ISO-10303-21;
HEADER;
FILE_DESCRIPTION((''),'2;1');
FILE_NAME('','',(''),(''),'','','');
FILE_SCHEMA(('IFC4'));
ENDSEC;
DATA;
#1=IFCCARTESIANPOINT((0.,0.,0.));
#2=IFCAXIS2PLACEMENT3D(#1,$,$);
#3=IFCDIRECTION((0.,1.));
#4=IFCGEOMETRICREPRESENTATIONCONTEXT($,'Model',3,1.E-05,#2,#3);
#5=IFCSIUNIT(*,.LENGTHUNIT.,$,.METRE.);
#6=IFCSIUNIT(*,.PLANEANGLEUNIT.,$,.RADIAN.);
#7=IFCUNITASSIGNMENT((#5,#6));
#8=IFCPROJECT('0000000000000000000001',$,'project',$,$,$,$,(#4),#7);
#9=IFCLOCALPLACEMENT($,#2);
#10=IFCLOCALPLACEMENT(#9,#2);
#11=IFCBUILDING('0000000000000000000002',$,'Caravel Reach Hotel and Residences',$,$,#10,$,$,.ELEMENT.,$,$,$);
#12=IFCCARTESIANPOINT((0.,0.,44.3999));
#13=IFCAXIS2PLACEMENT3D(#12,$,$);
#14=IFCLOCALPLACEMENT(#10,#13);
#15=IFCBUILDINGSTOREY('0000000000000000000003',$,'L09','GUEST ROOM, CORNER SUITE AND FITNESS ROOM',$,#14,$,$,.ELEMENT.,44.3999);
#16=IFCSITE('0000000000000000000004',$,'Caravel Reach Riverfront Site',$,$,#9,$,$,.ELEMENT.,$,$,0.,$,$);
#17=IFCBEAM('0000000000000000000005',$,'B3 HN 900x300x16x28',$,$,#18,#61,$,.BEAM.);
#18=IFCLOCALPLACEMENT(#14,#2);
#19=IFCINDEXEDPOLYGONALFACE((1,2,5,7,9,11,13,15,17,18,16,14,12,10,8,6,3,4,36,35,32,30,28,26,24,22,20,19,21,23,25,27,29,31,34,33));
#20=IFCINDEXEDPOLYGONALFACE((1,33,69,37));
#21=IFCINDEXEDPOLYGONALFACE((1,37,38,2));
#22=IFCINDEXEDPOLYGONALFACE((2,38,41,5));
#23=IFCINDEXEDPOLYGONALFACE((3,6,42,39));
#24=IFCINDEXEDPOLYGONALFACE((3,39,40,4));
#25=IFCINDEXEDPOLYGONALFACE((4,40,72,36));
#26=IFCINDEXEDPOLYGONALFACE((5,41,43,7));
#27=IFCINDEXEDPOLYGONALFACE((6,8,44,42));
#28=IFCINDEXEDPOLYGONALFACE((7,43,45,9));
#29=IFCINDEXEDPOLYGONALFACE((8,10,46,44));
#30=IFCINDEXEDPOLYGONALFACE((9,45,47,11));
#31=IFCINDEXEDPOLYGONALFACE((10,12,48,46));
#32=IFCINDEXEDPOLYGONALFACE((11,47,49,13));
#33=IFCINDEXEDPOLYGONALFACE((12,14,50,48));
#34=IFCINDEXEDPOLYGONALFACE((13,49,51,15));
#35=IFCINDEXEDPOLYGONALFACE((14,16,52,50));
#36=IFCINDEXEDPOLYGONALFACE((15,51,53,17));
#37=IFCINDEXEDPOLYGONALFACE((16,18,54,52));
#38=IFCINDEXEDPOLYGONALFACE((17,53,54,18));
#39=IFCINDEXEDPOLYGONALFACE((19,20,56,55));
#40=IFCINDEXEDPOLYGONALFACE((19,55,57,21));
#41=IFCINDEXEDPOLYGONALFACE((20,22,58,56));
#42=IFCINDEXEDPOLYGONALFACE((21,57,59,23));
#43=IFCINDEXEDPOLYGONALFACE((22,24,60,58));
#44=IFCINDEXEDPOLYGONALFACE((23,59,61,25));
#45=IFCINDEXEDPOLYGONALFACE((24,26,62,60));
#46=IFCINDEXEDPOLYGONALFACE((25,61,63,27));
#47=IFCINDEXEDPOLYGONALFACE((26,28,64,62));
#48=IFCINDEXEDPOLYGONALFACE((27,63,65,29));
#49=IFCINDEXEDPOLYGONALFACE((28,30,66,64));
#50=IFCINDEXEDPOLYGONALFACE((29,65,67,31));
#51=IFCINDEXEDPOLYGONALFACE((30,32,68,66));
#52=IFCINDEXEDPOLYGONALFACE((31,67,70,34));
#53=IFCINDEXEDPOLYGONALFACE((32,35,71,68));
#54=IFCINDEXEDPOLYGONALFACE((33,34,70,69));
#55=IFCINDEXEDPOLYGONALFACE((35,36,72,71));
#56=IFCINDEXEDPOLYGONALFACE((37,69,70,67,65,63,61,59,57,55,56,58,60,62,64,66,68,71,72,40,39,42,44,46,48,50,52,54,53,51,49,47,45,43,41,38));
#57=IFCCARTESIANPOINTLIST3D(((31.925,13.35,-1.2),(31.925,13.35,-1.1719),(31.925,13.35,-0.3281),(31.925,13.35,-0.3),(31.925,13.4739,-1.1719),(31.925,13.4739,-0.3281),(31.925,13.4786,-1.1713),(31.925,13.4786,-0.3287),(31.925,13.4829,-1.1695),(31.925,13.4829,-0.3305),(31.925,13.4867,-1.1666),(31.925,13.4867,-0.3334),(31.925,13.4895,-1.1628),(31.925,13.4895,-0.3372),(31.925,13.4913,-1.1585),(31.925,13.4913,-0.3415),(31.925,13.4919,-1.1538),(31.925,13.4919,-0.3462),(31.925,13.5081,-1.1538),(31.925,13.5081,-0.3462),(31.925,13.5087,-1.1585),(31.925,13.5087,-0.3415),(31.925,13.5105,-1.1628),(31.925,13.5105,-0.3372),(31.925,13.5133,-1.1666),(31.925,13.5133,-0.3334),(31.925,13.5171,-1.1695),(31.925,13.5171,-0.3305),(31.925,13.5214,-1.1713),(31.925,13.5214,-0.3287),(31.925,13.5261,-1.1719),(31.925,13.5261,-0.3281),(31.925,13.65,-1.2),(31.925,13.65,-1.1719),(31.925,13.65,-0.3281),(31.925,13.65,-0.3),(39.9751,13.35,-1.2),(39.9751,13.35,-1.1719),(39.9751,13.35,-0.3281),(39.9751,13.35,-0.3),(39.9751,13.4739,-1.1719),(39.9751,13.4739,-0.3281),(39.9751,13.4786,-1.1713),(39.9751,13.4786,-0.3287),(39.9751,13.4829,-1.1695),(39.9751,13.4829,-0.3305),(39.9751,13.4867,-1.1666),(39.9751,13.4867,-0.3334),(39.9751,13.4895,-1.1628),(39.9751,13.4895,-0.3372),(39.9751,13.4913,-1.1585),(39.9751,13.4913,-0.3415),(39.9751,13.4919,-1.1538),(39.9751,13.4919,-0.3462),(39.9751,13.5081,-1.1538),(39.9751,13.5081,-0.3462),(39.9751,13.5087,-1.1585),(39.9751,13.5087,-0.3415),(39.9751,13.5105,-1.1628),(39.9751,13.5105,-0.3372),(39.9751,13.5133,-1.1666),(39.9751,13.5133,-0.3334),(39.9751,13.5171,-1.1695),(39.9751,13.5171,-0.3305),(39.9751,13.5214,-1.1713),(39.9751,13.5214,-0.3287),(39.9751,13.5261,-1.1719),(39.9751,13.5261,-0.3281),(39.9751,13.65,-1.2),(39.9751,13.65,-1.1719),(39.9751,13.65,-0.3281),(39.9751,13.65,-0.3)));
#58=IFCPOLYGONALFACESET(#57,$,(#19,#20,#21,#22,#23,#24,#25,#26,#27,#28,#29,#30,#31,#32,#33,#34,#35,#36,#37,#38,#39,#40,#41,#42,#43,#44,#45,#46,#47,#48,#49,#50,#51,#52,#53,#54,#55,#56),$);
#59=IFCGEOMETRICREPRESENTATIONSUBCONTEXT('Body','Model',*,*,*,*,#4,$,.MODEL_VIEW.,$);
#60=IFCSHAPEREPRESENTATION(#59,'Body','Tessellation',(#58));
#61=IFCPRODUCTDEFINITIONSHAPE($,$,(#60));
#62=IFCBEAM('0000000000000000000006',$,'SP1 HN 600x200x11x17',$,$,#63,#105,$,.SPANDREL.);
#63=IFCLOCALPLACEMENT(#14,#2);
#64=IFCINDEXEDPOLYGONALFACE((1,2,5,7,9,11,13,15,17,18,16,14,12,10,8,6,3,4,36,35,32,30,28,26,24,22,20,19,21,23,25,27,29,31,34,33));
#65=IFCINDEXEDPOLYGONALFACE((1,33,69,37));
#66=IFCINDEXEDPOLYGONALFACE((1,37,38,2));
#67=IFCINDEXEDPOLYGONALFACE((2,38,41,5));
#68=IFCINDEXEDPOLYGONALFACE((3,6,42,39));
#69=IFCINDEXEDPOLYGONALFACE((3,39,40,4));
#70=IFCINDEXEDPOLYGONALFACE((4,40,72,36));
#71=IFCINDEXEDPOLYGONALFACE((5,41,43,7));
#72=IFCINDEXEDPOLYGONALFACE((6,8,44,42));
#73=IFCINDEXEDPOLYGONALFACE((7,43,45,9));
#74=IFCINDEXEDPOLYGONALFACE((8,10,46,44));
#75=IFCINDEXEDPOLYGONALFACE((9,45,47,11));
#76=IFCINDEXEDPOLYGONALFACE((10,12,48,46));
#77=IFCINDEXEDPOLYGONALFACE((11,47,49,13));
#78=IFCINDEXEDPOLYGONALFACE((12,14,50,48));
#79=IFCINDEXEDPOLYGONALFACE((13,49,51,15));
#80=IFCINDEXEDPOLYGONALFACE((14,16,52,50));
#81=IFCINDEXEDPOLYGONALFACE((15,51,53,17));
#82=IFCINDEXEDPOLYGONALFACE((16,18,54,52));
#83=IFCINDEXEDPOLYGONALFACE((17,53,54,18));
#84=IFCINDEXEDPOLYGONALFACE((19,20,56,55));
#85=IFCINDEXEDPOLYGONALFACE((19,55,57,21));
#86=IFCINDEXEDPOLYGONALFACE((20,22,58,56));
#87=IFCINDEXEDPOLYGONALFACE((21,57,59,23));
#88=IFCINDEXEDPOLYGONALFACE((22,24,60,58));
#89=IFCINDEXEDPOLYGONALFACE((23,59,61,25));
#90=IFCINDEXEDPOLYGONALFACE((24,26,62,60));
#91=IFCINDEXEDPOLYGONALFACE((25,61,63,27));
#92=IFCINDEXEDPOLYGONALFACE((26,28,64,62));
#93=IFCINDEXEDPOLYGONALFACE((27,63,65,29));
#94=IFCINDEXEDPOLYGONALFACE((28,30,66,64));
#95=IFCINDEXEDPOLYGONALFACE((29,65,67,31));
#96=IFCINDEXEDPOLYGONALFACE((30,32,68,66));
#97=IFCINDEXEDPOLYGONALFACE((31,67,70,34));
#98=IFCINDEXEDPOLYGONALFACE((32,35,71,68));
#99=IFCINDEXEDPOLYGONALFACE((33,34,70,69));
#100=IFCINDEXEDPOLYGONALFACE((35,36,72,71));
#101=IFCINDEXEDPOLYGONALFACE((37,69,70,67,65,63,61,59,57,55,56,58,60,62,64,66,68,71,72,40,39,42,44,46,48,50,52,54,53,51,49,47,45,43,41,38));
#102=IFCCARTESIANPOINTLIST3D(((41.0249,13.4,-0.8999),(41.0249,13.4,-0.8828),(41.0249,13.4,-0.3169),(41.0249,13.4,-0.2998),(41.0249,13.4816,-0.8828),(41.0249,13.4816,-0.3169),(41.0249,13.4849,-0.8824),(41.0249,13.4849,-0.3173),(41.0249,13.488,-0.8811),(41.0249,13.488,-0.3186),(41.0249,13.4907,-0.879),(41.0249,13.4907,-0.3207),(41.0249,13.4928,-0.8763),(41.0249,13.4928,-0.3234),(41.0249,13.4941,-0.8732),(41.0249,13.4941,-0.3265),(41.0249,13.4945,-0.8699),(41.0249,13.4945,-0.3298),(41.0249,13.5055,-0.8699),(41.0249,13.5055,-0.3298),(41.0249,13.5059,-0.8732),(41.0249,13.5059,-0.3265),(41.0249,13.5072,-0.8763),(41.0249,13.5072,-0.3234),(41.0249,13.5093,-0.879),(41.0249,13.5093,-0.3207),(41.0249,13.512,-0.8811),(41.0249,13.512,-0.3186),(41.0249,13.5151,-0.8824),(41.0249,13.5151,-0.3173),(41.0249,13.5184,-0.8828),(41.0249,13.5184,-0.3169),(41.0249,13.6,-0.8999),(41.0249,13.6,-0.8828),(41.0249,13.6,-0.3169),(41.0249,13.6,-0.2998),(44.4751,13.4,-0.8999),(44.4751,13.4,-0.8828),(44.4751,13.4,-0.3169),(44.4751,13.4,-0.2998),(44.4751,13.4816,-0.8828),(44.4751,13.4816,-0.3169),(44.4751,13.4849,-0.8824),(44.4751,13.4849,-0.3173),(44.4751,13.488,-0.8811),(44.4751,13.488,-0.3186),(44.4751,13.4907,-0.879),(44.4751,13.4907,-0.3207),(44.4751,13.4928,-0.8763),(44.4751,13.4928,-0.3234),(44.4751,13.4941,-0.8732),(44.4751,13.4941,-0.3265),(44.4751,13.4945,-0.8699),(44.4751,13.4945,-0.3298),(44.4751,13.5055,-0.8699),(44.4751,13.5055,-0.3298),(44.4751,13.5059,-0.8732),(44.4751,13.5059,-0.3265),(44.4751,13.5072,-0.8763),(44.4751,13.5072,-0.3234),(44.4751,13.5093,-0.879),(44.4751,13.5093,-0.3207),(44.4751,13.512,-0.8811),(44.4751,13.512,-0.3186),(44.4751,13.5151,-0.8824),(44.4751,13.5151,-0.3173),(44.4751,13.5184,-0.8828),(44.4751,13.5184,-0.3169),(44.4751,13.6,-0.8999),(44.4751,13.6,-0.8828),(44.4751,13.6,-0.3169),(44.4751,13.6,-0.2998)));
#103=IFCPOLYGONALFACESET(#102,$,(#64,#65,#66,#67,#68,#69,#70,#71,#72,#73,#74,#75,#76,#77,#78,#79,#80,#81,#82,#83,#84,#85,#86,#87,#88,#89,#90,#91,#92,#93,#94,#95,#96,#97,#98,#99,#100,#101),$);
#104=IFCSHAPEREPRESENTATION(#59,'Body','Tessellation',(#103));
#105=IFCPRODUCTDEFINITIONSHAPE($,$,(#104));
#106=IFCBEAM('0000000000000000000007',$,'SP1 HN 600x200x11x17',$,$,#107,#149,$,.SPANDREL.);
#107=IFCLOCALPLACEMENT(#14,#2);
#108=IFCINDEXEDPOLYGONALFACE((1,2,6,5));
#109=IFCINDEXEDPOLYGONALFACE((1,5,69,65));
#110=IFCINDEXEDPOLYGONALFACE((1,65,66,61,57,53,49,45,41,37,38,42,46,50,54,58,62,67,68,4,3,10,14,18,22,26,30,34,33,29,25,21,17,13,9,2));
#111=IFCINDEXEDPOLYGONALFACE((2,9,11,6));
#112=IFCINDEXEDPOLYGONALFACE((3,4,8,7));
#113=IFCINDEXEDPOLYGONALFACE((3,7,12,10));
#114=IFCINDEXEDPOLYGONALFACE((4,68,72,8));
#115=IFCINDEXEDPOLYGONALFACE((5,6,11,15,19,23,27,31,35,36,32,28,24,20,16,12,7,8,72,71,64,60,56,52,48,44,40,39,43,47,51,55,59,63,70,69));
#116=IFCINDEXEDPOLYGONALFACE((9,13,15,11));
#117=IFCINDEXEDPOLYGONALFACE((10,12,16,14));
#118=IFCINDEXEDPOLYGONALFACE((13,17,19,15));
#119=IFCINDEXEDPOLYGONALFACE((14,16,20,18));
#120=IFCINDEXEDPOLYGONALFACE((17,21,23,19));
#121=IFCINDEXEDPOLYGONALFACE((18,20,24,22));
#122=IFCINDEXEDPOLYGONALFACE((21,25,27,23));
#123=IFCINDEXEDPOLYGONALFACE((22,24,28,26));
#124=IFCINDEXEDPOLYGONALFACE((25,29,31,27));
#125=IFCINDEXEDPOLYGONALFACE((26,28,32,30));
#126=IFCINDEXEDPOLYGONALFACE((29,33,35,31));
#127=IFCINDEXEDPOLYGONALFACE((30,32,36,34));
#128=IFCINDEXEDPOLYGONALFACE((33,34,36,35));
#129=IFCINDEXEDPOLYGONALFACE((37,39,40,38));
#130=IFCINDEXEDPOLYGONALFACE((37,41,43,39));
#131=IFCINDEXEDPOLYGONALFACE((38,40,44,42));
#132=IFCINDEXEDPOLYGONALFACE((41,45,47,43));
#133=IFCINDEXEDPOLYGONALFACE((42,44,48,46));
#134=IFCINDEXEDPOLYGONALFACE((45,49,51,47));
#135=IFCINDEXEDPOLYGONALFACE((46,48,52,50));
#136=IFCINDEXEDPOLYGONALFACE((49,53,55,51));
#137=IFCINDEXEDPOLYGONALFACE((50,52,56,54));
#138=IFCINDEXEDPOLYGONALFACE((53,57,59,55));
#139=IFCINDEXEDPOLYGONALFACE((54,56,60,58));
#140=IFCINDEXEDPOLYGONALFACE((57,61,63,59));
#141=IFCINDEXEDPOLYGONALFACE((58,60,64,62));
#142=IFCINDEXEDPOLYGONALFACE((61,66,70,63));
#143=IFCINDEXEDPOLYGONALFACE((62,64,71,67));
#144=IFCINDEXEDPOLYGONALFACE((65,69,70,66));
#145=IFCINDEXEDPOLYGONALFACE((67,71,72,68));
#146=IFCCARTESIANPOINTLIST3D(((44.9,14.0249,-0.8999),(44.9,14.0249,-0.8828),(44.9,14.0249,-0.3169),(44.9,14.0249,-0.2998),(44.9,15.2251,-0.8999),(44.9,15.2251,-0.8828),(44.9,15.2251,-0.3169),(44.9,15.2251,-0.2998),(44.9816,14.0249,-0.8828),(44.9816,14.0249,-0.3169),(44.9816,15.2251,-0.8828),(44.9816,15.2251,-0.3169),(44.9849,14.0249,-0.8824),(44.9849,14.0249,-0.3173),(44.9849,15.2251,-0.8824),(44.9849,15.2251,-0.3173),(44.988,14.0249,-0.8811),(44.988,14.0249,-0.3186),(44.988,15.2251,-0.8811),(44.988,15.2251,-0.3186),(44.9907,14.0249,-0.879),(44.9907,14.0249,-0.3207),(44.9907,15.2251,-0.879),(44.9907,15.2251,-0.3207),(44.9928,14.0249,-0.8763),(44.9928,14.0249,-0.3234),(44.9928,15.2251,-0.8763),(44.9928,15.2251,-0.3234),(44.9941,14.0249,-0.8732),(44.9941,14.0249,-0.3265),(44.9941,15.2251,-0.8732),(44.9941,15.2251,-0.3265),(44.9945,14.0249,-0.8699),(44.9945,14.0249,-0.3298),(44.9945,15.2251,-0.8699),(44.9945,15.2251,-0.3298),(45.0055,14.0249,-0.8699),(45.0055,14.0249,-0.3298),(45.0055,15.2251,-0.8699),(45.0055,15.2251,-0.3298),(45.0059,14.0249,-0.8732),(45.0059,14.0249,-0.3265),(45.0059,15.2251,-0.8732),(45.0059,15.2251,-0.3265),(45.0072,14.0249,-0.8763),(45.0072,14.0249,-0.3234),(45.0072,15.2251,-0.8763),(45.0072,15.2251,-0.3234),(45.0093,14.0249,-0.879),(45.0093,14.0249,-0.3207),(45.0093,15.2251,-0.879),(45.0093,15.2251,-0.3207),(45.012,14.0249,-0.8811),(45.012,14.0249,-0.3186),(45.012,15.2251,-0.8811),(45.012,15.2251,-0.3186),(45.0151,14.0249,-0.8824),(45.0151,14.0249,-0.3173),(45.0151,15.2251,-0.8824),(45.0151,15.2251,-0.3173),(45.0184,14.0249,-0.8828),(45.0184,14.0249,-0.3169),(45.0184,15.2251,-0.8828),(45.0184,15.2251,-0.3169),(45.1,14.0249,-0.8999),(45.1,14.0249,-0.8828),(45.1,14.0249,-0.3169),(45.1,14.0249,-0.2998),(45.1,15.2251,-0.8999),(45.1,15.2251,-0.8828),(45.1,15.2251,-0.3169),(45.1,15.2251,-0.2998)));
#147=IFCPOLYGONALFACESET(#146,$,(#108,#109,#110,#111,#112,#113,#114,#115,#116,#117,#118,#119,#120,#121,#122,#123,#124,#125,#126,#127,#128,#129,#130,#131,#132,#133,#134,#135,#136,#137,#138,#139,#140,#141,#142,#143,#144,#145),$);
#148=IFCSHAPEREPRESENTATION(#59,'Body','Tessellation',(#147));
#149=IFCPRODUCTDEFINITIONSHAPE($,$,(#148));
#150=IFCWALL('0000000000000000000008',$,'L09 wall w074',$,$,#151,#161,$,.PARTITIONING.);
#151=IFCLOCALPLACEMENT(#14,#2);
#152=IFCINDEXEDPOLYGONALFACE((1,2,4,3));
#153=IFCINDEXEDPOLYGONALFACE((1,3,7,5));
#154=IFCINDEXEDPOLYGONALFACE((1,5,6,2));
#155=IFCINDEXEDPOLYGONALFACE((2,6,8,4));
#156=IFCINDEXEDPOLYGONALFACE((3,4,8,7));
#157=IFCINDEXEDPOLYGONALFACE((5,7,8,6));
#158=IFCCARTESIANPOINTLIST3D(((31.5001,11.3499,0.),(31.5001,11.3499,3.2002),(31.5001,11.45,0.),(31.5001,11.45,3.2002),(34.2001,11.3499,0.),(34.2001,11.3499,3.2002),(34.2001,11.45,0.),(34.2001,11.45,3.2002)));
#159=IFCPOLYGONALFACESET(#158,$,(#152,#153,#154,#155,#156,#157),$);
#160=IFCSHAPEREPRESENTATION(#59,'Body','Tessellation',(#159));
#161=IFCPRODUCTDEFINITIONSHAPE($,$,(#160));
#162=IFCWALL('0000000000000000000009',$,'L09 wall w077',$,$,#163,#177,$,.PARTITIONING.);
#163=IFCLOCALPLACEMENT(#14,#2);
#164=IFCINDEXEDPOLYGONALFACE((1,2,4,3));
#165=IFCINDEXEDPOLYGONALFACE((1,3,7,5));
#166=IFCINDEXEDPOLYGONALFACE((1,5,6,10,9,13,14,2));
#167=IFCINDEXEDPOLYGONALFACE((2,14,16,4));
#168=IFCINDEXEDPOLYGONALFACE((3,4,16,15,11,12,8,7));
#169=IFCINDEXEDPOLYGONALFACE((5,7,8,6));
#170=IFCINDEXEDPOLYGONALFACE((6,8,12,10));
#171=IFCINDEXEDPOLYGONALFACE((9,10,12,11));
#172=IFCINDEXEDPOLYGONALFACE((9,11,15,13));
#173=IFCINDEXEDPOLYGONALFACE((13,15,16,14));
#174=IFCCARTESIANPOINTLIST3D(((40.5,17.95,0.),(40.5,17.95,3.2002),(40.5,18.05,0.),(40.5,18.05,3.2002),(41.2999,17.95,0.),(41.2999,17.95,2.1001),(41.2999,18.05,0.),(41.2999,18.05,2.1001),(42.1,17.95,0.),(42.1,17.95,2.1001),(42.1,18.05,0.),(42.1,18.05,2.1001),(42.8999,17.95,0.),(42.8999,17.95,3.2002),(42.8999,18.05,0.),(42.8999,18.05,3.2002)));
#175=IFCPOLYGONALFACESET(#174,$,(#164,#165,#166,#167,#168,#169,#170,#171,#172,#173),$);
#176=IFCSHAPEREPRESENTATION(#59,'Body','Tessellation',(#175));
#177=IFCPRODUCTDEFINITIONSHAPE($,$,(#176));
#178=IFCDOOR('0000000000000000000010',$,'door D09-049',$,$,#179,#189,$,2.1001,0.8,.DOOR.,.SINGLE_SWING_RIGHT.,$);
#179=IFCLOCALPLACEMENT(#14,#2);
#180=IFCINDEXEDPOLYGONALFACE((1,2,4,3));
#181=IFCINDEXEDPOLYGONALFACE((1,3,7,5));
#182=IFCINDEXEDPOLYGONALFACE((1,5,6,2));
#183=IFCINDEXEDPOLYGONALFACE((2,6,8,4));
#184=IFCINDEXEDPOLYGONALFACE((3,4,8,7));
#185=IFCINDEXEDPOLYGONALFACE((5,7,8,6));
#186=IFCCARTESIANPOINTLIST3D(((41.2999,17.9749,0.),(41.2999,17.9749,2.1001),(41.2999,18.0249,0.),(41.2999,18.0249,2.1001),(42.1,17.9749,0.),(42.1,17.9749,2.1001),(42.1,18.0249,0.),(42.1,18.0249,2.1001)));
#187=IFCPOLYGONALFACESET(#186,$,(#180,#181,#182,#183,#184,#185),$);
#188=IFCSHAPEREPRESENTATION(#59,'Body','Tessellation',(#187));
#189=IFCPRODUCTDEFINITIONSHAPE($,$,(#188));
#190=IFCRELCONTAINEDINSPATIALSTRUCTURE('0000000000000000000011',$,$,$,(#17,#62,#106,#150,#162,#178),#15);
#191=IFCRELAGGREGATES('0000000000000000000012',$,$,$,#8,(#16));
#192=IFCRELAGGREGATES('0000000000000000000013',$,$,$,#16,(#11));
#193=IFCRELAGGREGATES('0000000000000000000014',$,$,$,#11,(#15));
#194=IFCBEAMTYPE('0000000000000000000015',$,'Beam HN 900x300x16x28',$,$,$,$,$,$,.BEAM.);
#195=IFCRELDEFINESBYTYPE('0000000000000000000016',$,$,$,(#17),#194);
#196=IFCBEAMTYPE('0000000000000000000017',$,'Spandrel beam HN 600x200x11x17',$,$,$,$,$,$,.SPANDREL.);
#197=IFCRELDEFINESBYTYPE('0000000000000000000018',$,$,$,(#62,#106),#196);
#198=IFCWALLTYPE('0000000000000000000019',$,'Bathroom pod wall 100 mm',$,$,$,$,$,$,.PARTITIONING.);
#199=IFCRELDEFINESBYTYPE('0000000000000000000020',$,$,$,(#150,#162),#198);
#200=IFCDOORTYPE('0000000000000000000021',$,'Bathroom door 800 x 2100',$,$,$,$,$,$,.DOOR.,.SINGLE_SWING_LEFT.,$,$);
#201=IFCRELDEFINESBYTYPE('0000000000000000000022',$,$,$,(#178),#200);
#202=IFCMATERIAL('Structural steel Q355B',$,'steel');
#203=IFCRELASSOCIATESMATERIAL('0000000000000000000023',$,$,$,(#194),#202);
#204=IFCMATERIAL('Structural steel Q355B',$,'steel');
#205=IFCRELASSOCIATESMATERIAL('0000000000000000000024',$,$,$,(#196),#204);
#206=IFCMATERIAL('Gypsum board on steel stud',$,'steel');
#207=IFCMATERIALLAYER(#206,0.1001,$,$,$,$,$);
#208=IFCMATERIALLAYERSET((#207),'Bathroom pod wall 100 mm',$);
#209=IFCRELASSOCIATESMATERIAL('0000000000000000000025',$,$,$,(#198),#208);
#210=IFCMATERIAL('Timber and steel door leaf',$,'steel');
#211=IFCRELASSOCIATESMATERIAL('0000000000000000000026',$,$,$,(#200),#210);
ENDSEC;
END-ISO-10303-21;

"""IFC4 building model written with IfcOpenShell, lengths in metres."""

from ifc_helpers import new_model, si_unit, direction, frame, frame_2d, origin, origin_2d, place, context, subcontext, project, spatial, rectangle, i_section, extrude, material, layer, layer_set, material_profile, profile_set, type_object, element, fill, save


model = new_model("IFC4")

# Units and contexts
model_context = context("Model", 3, precision=1e-05, world=origin(), true_north=direction((0.0, 1.0)))
body_context = subcontext(model_context, "Body", "Model", "MODEL_VIEW")
ifc_project = project(units=[si_unit("LENGTHUNIT", "METRE"), si_unit("PLANEANGLEUNIT", "RADIAN")], contexts=[model_context])

# Site, building, storey
site_placement = place(None, origin())
site = spatial("IfcSite", under=ifc_project, at=site_placement, Name="Caravel Reach Riverfront Site", CompositionType="ELEMENT", RefElevation=0.0)
building_placement = place(site_placement, origin())
building = spatial("IfcBuilding", under=site, at=building_placement, Name="Caravel Reach Hotel and Residences", CompositionType="ELEMENT")
storey_placement = place(building_placement, frame((0.0, 0.0, 44.3999)))
storey = spatial("IfcBuildingStorey", under=building, at=storey_placement, Name="L09", Description="GUEST ROOM, CORNER SUITE AND FITNESS ROOM", CompositionType="ELEMENT", Elevation=44.3999)

# Beams
ifc_material_1 = material(Name="Structural steel Q355B", Category="steel")
ifc_material_profile_1 = material_profile(ifc_material_1, i_section(OverallWidth=0.3, OverallDepth=0.8999, WebThickness=0.0161, FlangeThickness=0.0281, FilletRadius=0.0181, at=origin_2d()), Name="HN 900x300x16x28")
ifc_profile_set_1 = profile_set([ifc_material_profile_1], Name="Structural steel Q355B")
beam_type_1 = type_object("IfcBeamType", Name="Beam HN 900x300x16x28", PredefinedType="BEAM", material=ifc_profile_set_1)
beam_1_placement = place(storey_placement, frame((31.925, 13.5, -0.75), z_axis=(1.0, 0.0, 0.0), x_axis=(0.0, 1.0, 0.0)))
element("IfcBeam", 1, at=beam_1_placement, inside=storey, type_object=beam_type_1, Name="B3 HN 900x300x16x28", PredefinedType="BEAM", context=body_context, shape_type="SweptSolid", body=[
    extrude(i_section(OverallWidth=0.3, OverallDepth=0.8999, WebThickness=0.0161, FlangeThickness=0.0281, FilletRadius=0.0181, at=origin_2d()), origin(), (0.0, 0.0, 1.0), 8.05),
])
ifc_material_2 = material(Name="Structural steel Q355B", Category="steel")
ifc_material_profile_2 = material_profile(ifc_material_2, i_section(OverallWidth=0.2, OverallDepth=0.6001, WebThickness=0.011, FlangeThickness=0.0171, FilletRadius=0.0129, at=origin_2d()), Name="HN 600x200x11x17")
ifc_profile_set_2 = profile_set([ifc_material_profile_2], Name="Structural steel Q355B")
beam_type_2 = type_object("IfcBeamType", Name="Spandrel beam HN 600x200x11x17", PredefinedType="SPANDREL", material=ifc_profile_set_2)
beam_2_placement = place(storey_placement, frame((41.0249, 13.5, -0.5999), z_axis=(1.0, 0.0, 0.0), x_axis=(0.0, 1.0, 0.0)))
element("IfcBeam", 2, at=beam_2_placement, inside=storey, type_object=beam_type_2, Name="SP1 HN 600x200x11x17", PredefinedType="SPANDREL", context=body_context, shape_type="SweptSolid", body=[
    extrude(i_section(OverallWidth=0.2, OverallDepth=0.6001, WebThickness=0.011, FlangeThickness=0.0171, FilletRadius=0.0129, at=origin_2d()), origin(), (0.0, 0.0, 1.0), 3.4502),
])
beam_3_placement = place(storey_placement, frame((45.0, 14.0249, -0.5999), z_axis=(0.0, 1.0, 0.0), x_axis=(-1.0, 0.0, 0.0)))
element("IfcBeam", 3, at=beam_3_placement, inside=storey, type_object=beam_type_2, Name="SP1 HN 600x200x11x17", PredefinedType="SPANDREL", context=body_context, shape_type="SweptSolid", body=[
    extrude(i_section(OverallWidth=0.2, OverallDepth=0.6001, WebThickness=0.011, FlangeThickness=0.0171, FilletRadius=0.0129, at=origin_2d()), origin(), (0.0, 0.0, 1.0), 1.2002),
])

# Wall
ifc_material_3 = material(Name="Gypsum board on steel stud", Category="steel")
ifc_layer_1 = layer(ifc_material_3, 0.1001)
ifc_layer_set_1 = layer_set([ifc_layer_1], Name="Bathroom pod wall 100 mm")
wall_type_1 = type_object("IfcWallType", Name="Bathroom pod wall 100 mm", PredefinedType="PARTITIONING", material=ifc_layer_set_1)
wall_1_placement = place(storey_placement, frame((31.5, 11.3999, 0.0), z_axis=(0.0, 0.0, 1.0), x_axis=(1.0, 0.0, 0.0)))
element("IfcWall", 4, at=wall_1_placement, inside=storey, type_object=wall_type_1, Name="L09 wall w074", PredefinedType="PARTITIONING", context=body_context, shape_type="SweptSolid", body=[
    extrude(rectangle(XDim=2.7, YDim=0.1001, at=frame_2d((1.3501, 0.0))), origin(), (0.0, 0.0, 1.0), 3.2002),
])

# Wall, opening, door
wall_2_placement = place(storey_placement, frame((40.5, 18.0, 0.0), z_axis=(0.0, 0.0, 1.0), x_axis=(1.0, 0.0, 0.0)))
wall_2 = element("IfcWall", 5, at=wall_2_placement, inside=storey, type_object=wall_type_1, Name="L09 wall w077", PredefinedType="PARTITIONING", context=body_context, shape_type="SweptSolid", body=[
    extrude(rectangle(XDim=2.3999, YDim=0.1001, at=frame_2d((1.2, 0.0))), origin(), (0.0, 0.0, 1.0), 3.2002),
])
opening_1_placement = place(wall_2_placement, frame((0.8, 0.0, 0.0)))
opening_1 = element("IfcOpeningElement", 6, at=opening_1_placement, cuts=wall_2, PredefinedType="OPENING", context=body_context, shape_type="SweptSolid", body=[
    extrude(rectangle(XDim=0.8, YDim=2.1001, at=frame_2d((0.3999, 1.05))), frame((0.0, 0.0601, 0.0), z_axis=(0.0, -1.0, 0.0), x_axis=(1.0, 0.0, 0.0)), (0.0, 0.0, 1.0), 0.1201),
])
ifc_material_4 = material(Name="Timber and steel door leaf", Category="steel")
door_type_1 = type_object("IfcDoorType", Name="Bathroom door 800 x 2100", OperationType="SINGLE_SWING_LEFT", PredefinedType="DOOR", material=ifc_material_4)
door_1_placement = place(opening_1_placement, origin())
door_1 = element("IfcDoor", 7, at=door_1_placement, inside=storey, type_object=door_type_1, Name="door D09-049", OperationType="SINGLE_SWING_RIGHT", OverallHeight=2.1001, OverallWidth=0.8, PredefinedType="DOOR", context=body_context, shape_type="SweptSolid", body=[
    extrude(rectangle(XDim=0.8, YDim=2.1001, at=frame_2d((0.3999, 1.05))), frame((0.0, 0.0249, 0.0), z_axis=(0.0, -1.0, 0.0), x_axis=(1.0, 0.0, 0.0)), (0.0, 0.0, 1.0), 0.05),
])
fill(opening_1, door_1)

save(model, "model.ifc")
